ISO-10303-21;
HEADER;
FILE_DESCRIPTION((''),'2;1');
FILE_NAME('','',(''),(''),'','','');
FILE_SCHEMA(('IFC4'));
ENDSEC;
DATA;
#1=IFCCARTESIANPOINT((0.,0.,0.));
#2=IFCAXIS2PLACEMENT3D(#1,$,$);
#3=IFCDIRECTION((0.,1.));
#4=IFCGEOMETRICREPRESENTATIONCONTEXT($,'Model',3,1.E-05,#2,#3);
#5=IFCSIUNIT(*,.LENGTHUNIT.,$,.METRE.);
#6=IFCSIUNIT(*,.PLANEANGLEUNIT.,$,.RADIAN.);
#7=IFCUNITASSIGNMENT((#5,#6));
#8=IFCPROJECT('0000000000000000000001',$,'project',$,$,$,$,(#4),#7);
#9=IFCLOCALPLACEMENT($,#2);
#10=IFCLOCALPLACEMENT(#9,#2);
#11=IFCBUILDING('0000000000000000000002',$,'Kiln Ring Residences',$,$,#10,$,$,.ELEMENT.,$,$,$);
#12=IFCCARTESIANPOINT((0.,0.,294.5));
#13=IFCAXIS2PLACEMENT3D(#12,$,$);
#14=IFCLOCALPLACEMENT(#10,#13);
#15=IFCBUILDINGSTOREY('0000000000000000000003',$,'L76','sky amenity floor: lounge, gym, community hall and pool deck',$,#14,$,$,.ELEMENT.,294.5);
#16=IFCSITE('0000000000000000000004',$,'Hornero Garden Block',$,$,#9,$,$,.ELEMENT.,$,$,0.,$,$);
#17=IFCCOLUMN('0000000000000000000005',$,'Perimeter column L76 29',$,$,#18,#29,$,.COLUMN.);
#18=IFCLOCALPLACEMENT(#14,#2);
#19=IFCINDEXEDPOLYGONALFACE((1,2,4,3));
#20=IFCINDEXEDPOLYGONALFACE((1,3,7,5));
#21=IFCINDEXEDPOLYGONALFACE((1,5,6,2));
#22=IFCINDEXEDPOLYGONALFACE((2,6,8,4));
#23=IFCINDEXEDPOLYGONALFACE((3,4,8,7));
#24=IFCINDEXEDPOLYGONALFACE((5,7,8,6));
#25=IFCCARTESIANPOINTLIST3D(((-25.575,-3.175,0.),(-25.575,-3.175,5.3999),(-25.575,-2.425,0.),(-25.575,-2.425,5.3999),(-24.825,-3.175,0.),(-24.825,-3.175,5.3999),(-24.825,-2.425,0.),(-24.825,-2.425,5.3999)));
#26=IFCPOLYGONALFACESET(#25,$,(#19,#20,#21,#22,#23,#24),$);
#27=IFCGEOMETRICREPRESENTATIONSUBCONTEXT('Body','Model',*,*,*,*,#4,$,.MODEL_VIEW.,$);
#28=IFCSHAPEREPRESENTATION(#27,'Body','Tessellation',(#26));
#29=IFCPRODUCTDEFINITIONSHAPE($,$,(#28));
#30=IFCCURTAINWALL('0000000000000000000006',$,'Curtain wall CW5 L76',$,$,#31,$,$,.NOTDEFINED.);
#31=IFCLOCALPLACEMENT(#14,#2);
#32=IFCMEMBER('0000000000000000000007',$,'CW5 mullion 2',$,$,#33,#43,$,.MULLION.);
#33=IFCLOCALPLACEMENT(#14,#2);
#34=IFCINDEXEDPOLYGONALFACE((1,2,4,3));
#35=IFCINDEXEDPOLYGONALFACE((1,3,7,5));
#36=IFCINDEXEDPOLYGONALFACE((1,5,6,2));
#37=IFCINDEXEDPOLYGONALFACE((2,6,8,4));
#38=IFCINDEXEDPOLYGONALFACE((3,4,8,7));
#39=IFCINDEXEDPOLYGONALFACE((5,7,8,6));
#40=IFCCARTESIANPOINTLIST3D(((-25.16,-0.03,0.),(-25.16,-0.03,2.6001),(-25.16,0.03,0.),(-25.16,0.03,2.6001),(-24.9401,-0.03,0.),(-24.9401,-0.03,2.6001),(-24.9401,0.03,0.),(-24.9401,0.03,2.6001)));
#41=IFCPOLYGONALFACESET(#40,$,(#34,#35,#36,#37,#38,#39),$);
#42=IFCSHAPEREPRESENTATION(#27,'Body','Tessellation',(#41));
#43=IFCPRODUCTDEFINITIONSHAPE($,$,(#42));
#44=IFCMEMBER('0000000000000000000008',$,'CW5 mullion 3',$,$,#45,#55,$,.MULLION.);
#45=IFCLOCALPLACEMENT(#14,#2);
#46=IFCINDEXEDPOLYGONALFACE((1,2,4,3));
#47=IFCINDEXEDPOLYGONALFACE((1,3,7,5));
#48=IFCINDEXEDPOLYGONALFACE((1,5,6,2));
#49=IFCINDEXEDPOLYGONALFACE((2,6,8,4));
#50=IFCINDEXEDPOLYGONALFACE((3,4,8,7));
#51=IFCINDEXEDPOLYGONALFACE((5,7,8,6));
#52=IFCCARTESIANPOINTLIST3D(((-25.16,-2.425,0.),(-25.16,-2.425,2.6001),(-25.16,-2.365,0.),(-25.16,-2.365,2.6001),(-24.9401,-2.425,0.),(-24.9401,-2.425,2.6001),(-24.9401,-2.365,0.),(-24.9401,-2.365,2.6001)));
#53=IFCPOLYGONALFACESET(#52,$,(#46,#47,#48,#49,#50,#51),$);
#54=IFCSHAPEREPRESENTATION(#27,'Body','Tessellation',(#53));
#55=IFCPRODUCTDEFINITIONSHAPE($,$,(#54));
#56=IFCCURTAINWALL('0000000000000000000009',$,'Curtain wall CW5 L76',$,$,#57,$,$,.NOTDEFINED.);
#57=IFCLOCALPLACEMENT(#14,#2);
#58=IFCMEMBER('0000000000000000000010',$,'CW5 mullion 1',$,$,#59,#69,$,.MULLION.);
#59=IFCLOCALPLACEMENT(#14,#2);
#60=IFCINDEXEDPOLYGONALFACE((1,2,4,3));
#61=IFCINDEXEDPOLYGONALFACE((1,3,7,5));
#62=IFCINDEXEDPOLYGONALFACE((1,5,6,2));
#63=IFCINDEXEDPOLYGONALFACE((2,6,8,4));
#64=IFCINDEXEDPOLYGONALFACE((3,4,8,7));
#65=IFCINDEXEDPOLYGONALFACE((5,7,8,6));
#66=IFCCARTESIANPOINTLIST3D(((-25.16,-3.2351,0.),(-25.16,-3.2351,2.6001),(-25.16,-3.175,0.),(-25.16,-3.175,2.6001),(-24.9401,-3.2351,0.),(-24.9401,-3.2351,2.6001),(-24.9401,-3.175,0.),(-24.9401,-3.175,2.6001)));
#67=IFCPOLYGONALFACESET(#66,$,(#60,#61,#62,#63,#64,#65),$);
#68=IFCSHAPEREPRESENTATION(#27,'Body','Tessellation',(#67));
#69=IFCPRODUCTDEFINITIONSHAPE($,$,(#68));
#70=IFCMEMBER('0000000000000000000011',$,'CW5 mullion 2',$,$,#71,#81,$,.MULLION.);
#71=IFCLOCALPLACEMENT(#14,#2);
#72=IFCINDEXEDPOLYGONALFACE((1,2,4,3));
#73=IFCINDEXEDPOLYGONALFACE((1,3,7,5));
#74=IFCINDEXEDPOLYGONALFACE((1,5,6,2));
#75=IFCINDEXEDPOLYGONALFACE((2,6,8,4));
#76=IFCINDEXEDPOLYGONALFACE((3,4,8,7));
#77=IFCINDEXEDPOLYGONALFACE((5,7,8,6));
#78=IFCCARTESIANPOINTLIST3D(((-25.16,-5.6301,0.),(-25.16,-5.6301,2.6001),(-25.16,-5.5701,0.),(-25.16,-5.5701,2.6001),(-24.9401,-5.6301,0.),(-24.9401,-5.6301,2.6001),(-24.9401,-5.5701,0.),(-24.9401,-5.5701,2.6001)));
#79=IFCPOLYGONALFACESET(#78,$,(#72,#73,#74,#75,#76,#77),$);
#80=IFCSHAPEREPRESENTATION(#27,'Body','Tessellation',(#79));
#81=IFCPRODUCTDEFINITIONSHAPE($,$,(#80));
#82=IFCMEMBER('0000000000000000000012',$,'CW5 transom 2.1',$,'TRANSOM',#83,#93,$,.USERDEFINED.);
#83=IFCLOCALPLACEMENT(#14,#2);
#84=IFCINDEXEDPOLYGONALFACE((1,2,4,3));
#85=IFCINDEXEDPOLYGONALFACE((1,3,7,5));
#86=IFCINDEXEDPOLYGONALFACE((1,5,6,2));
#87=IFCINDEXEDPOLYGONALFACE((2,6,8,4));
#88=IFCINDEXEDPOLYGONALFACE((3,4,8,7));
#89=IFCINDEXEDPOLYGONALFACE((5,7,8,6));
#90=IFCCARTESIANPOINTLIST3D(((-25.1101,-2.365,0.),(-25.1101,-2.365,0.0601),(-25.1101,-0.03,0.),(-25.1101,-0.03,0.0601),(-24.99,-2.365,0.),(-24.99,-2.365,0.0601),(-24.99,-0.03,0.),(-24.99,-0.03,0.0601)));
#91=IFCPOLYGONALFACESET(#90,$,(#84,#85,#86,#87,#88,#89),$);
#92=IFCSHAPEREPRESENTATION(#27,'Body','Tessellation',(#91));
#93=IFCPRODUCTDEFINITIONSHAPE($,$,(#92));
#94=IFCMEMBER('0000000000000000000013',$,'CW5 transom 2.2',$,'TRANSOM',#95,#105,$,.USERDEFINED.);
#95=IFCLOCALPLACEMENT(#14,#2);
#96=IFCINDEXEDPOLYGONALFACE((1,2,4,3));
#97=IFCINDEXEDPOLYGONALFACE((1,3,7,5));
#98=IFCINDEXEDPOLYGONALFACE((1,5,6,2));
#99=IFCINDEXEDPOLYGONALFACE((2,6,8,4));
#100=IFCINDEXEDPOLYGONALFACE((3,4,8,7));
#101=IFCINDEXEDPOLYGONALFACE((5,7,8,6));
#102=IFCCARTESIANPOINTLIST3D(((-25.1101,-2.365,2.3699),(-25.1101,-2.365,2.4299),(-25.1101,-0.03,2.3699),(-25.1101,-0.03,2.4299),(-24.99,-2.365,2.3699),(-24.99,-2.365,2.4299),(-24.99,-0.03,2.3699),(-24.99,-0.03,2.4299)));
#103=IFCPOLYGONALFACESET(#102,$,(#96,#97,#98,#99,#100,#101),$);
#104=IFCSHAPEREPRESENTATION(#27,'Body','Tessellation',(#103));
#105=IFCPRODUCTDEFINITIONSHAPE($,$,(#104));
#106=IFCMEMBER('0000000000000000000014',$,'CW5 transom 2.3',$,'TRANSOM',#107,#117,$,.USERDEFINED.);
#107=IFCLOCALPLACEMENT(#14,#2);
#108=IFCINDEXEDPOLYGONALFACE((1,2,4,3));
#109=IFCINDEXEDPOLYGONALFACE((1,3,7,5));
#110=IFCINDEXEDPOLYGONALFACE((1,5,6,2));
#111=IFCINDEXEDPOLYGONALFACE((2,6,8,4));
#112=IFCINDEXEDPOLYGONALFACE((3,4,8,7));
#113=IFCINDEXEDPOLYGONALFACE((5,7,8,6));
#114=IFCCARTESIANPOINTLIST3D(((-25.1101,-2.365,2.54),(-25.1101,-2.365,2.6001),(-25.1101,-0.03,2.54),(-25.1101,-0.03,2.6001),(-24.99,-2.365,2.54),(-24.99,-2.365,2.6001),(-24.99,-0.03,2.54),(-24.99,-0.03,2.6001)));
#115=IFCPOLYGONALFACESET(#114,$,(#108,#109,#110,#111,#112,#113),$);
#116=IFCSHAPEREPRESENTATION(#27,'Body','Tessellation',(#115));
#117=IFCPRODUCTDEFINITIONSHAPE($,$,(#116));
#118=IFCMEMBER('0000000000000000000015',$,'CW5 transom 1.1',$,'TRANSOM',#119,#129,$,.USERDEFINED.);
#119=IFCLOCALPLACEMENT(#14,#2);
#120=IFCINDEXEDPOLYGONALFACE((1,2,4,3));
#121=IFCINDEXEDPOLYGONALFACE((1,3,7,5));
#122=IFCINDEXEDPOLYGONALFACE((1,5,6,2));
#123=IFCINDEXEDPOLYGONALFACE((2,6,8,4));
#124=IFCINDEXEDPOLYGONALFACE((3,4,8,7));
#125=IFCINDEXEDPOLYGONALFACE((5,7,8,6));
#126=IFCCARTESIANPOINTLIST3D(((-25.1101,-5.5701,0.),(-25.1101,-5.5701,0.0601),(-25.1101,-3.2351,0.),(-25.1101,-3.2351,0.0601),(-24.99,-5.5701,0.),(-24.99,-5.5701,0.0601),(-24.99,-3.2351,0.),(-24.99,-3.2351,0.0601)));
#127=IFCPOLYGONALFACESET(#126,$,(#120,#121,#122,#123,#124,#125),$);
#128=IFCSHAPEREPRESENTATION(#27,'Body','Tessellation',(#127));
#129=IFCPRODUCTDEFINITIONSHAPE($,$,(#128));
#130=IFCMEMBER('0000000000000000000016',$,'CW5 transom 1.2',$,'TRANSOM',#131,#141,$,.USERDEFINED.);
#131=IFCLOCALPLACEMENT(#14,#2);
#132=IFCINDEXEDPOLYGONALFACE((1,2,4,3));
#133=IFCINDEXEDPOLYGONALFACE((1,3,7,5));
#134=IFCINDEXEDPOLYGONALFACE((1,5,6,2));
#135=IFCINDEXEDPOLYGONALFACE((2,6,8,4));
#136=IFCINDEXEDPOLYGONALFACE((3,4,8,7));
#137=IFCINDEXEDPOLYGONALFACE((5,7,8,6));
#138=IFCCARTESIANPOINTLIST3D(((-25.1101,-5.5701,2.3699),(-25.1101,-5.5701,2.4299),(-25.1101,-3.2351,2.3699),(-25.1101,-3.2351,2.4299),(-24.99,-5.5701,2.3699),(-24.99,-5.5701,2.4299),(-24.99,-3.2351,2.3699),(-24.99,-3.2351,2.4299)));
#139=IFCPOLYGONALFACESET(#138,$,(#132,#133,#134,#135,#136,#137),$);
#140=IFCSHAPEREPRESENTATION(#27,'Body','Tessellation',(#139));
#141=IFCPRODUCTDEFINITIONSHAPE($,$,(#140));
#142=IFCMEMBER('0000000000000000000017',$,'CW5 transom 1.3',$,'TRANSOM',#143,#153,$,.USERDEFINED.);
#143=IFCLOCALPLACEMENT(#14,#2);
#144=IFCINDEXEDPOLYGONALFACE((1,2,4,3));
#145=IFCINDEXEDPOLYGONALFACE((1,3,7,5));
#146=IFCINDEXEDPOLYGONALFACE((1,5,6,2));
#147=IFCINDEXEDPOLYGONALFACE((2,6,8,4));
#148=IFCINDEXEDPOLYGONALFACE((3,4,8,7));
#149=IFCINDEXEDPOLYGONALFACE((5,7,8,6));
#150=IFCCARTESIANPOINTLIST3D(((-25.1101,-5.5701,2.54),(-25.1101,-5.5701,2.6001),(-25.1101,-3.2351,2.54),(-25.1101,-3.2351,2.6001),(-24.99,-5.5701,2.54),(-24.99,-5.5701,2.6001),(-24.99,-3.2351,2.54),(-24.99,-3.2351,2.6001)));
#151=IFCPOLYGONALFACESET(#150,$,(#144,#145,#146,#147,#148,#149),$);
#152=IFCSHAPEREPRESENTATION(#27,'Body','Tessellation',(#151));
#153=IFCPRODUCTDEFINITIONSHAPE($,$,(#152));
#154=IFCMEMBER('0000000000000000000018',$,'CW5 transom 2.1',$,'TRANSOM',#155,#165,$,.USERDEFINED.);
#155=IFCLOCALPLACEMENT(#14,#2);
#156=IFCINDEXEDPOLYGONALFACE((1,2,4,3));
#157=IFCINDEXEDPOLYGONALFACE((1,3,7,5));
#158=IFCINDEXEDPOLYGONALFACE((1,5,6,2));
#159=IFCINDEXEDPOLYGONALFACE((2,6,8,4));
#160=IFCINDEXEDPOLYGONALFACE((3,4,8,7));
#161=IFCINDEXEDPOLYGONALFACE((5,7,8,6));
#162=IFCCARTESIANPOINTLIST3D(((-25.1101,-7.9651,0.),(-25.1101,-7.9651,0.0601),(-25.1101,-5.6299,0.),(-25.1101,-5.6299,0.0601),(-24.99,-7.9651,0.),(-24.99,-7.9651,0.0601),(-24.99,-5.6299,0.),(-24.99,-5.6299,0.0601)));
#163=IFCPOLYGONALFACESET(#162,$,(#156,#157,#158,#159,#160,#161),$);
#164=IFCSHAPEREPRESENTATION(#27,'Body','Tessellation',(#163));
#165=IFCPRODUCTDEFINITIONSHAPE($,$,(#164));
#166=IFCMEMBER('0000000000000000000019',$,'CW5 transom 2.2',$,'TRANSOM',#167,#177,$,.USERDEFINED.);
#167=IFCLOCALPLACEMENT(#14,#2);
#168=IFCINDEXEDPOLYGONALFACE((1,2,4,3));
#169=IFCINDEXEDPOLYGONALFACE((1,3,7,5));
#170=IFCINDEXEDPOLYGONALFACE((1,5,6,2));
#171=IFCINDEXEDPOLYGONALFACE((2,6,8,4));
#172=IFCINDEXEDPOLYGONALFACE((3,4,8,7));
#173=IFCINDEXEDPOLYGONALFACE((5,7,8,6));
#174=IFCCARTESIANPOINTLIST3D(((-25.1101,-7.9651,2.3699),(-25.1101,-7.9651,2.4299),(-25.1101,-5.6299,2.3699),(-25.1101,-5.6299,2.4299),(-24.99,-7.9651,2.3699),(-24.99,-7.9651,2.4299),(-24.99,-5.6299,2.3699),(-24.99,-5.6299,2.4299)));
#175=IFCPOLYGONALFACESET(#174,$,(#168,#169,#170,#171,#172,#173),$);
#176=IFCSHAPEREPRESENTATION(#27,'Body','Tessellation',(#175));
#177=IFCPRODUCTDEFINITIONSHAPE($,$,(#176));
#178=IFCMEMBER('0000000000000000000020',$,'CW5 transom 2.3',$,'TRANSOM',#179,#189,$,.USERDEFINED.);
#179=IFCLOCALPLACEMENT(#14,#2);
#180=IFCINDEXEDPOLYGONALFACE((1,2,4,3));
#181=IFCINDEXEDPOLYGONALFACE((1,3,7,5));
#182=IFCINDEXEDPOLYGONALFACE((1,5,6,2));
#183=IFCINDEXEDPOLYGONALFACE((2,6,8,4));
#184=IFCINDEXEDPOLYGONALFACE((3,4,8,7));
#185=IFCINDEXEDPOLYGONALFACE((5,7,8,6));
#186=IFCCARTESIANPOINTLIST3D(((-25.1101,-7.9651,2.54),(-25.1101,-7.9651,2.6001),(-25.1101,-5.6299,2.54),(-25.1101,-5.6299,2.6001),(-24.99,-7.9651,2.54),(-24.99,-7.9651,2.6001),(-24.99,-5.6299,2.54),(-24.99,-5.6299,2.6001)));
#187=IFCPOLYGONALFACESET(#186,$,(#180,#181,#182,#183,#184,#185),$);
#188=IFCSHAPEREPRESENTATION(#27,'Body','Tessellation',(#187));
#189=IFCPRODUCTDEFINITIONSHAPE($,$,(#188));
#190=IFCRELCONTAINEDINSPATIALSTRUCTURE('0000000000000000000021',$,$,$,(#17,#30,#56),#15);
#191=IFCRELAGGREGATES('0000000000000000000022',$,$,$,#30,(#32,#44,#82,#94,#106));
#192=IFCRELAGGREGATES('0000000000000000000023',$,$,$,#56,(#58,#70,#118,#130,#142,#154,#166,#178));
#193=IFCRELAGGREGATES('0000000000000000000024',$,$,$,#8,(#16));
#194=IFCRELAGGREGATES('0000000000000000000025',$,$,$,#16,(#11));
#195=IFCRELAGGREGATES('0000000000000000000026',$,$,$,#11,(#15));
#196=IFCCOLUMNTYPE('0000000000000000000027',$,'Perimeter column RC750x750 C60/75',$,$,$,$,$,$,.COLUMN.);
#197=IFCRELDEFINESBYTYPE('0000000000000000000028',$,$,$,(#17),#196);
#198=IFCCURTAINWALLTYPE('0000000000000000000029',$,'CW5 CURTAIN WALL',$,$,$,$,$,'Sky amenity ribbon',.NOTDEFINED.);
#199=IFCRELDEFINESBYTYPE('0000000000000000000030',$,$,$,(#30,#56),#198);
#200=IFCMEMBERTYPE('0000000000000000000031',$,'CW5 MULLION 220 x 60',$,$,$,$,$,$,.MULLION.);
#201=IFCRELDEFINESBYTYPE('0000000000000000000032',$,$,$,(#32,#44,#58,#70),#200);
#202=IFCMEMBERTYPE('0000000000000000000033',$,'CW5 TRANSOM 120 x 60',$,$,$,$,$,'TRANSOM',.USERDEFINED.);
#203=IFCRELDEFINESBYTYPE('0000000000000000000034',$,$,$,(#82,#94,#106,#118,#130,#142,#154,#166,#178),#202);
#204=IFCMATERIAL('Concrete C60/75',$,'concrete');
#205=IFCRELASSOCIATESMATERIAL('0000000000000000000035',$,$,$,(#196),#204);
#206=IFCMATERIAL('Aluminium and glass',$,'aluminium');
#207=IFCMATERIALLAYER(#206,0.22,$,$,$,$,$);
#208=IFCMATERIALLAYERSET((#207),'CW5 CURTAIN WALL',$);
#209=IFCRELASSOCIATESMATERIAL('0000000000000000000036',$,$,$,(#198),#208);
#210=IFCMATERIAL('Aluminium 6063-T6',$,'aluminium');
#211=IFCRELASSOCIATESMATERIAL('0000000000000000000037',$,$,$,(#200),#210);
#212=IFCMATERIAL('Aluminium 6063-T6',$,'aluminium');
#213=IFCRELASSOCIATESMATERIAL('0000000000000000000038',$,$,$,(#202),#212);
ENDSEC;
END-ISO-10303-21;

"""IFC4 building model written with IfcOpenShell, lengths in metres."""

from ifc_helpers import new_model, si_unit, direction, frame, origin, origin_2d, place, context, subcontext, project, spatial, rectangle, extrude, material, layer, layer_set, material_profile, profile_set, type_object, element, aggregate, save


model = new_model("IFC4")

# Units and contexts
model_context = context("Model", 3, precision=1e-05, world=origin(), true_north=direction((0.0, 1.0)))
body_context = subcontext(model_context, "Body", "Model", "MODEL_VIEW")
ifc_project = project(units=[si_unit("LENGTHUNIT", "METRE"), si_unit("PLANEANGLEUNIT", "RADIAN")], contexts=[model_context])

# Site, building, storey
site_placement = place(None, origin())
site = spatial("IfcSite", under=ifc_project, at=site_placement, Name="Hornero Garden Block", CompositionType="ELEMENT", RefElevation=0.0)
building_placement = place(site_placement, origin())
building = spatial("IfcBuilding", under=site, at=building_placement, Name="Kiln Ring Residences", CompositionType="ELEMENT")
storey_placement = place(building_placement, frame((0.0, 0.0, 294.5)))
storey = spatial("IfcBuildingStorey", under=building, at=storey_placement, Name="L76", Description="sky amenity floor: lounge, gym, community hall and pool deck", CompositionType="ELEMENT", Elevation=294.5)

# Column
ifc_material_1 = material(Name="Concrete C60/75", Category="concrete")
ifc_material_profile_1 = material_profile(ifc_material_1, rectangle(XDim=0.75, YDim=0.75, at=origin_2d()), Name="RC750x750")
ifc_profile_set_1 = profile_set([ifc_material_profile_1], Name="Concrete C60/75")
column_type = type_object("IfcColumnType", Name="Perimeter column RC750x750 C60/75", PredefinedType="COLUMN", material=ifc_profile_set_1)
column_placement = place(storey_placement, frame((-25.2, -2.8, 0.0), z_axis=(0.0, 0.0, 1.0), x_axis=(1.0, 0.0, 0.0)))
element("IfcColumn", 1, at=column_placement, inside=storey, type_object=column_type, Name="Perimeter column L76 29", PredefinedType="COLUMN", context=body_context, shape_type="SweptSolid", body=[
    extrude(rectangle(XDim=0.75, YDim=0.75, at=origin_2d()), origin(), (0.0, 0.0, 1.0), 5.3999),
])

# Curtain walls, members
ifc_material_2 = material(Name="Aluminium and glass", Category="aluminium")
ifc_layer_1 = layer(ifc_material_2, 0.22)
ifc_layer_set_1 = layer_set([ifc_layer_1], Name="CW5 CURTAIN WALL")
curtain_wall_type = type_object("IfcCurtainWallType", Name="CW5 CURTAIN WALL", ElementType="Sky amenity ribbon", PredefinedType="NOTDEFINED", material=ifc_layer_set_1)
placement = place(storey_placement, origin())
curtain_wall_1 = element("IfcCurtainWall", 2, at=placement, inside=storey, type_object=curtain_wall_type, Name="Curtain wall CW5 L76", PredefinedType="NOTDEFINED")
ifc_material_3 = material(Name="Aluminium 6063-T6", Category="aluminium")
ifc_material_profile_2 = material_profile(ifc_material_3, rectangle(XDim=0.22, YDim=0.0601, at=origin_2d()), Name="AL 220x60")
ifc_profile_set_2 = profile_set([ifc_material_profile_2], Name="Aluminium 6063-T6")
member_type_1 = type_object("IfcMemberType", Name="CW5 MULLION 220 x 60", PredefinedType="MULLION", material=ifc_profile_set_2)
member_1_placement = place(storey_placement, frame((-25.05, 0.0, 0.0), z_axis=(0.0, 0.0, 1.0), x_axis=(1.0, 0.0, 0.0)))
member_1 = element("IfcMember", 3, at=member_1_placement, type_object=member_type_1, Name="CW5 mullion 2", PredefinedType="MULLION", context=body_context, shape_type="SweptSolid", body=[
    extrude(rectangle(XDim=0.22, YDim=0.0601, at=origin_2d()), origin(), (0.0, 0.0, 1.0), 2.6001),
])
member_2_placement = place(storey_placement, frame((-25.05, -2.395, 0.0), z_axis=(0.0, 0.0, 1.0), x_axis=(1.0, 0.0, 0.0)))
member_2 = element("IfcMember", 4, at=member_2_placement, type_object=member_type_1, Name="CW5 mullion 3", PredefinedType="MULLION", context=body_context, shape_type="SweptSolid", body=[
    extrude(rectangle(XDim=0.22, YDim=0.0601, at=origin_2d()), origin(), (0.0, 0.0, 1.0), 2.6001),
])
curtain_wall_2 = element("IfcCurtainWall", 5, at=placement, inside=storey, type_object=curtain_wall_type, Name="Curtain wall CW5 L76", PredefinedType="NOTDEFINED")
member_3_placement = place(storey_placement, frame((-25.05, -3.2051, 0.0), z_axis=(0.0, 0.0, 1.0), x_axis=(1.0, 0.0, 0.0)))
member_3 = element("IfcMember", 6, at=member_3_placement, type_object=member_type_1, Name="CW5 mullion 1", PredefinedType="MULLION", context=body_context, shape_type="SweptSolid", body=[
    extrude(rectangle(XDim=0.22, YDim=0.0601, at=origin_2d()), origin(), (0.0, 0.0, 1.0), 2.6001),
])
member_4_placement = place(storey_placement, frame((-25.05, -5.6001, 0.0), z_axis=(0.0, 0.0, 1.0), x_axis=(1.0, 0.0, 0.0)))
member_4 = element("IfcMember", 7, at=member_4_placement, type_object=member_type_1, Name="CW5 mullion 2", PredefinedType="MULLION", context=body_context, shape_type="SweptSolid", body=[
    extrude(rectangle(XDim=0.22, YDim=0.0601, at=origin_2d()), origin(), (0.0, 0.0, 1.0), 2.6001),
])

# Members
ifc_material_4 = material(Name="Aluminium 6063-T6", Category="aluminium")
ifc_material_profile_3 = material_profile(ifc_material_4, rectangle(XDim=0.1201, YDim=0.0601, at=origin_2d()), Name="AL 120x60")
ifc_profile_set_3 = profile_set([ifc_material_profile_3], Name="Aluminium 6063-T6")
member_type_2 = type_object("IfcMemberType", Name="CW5 TRANSOM 120 x 60", ElementType="TRANSOM", PredefinedType="USERDEFINED", material=ifc_profile_set_3)
member_5_placement = place(storey_placement, frame((-25.05, -0.03, 0.03), z_axis=(0.0, -1.0, 0.0), x_axis=(1.0, 0.0, 0.0)))
member_5 = element("IfcMember", 8, at=member_5_placement, type_object=member_type_2, Name="CW5 transom 2.1", ObjectType="TRANSOM", PredefinedType="USERDEFINED", context=body_context, shape_type="SweptSolid", body=[
    extrude(rectangle(XDim=0.1201, YDim=0.0601, at=origin_2d()), origin(), (0.0, 0.0, 1.0), 2.335),
])
member_6_placement = place(storey_placement, frame((-25.05, -0.03, 2.3999), z_axis=(0.0, -1.0, 0.0), x_axis=(1.0, 0.0, 0.0)))
member_6 = element("IfcMember", 9, at=member_6_placement, type_object=member_type_2, Name="CW5 transom 2.2", ObjectType="TRANSOM", PredefinedType="USERDEFINED", context=body_context, shape_type="SweptSolid", body=[
    extrude(rectangle(XDim=0.1201, YDim=0.0601, at=origin_2d()), origin(), (0.0, 0.0, 1.0), 2.335),
])
member_7_placement = place(storey_placement, frame((-25.05, -0.03, 2.5701), z_axis=(0.0, -1.0, 0.0), x_axis=(1.0, 0.0, 0.0)))
member_7 = element("IfcMember", 10, at=member_7_placement, type_object=member_type_2, Name="CW5 transom 2.3", ObjectType="TRANSOM", PredefinedType="USERDEFINED", context=body_context, shape_type="SweptSolid", body=[
    extrude(rectangle(XDim=0.1201, YDim=0.0601, at=origin_2d()), origin(), (0.0, 0.0, 1.0), 2.335),
])
member_8_placement = place(storey_placement, frame((-25.05, -3.2351, 0.03), z_axis=(0.0, -1.0, 0.0), x_axis=(1.0, 0.0, 0.0)))
member_8 = element("IfcMember", 11, at=member_8_placement, type_object=member_type_2, Name="CW5 transom 1.1", ObjectType="TRANSOM", PredefinedType="USERDEFINED", context=body_context, shape_type="SweptSolid", body=[
    extrude(rectangle(XDim=0.1201, YDim=0.0601, at=origin_2d()), origin(), (0.0, 0.0, 1.0), 2.335),
])
member_9_placement = place(storey_placement, frame((-25.05, -3.2351, 2.3999), z_axis=(0.0, -1.0, 0.0), x_axis=(1.0, 0.0, 0.0)))
member_9 = element("IfcMember", 12, at=member_9_placement, type_object=member_type_2, Name="CW5 transom 1.2", ObjectType="TRANSOM", PredefinedType="USERDEFINED", context=body_context, shape_type="SweptSolid", body=[
    extrude(rectangle(XDim=0.1201, YDim=0.0601, at=origin_2d()), origin(), (0.0, 0.0, 1.0), 2.335),
])
member_10_placement = place(storey_placement, frame((-25.05, -3.2351, 2.5701), z_axis=(0.0, -1.0, 0.0), x_axis=(1.0, 0.0, 0.0)))
member_10 = element("IfcMember", 13, at=member_10_placement, type_object=member_type_2, Name="CW5 transom 1.3", ObjectType="TRANSOM", PredefinedType="USERDEFINED", context=body_context, shape_type="SweptSolid", body=[
    extrude(rectangle(XDim=0.1201, YDim=0.0601, at=origin_2d()), origin(), (0.0, 0.0, 1.0), 2.335),
])
member_11_placement = place(storey_placement, frame((-25.05, -5.6299, 0.03), z_axis=(0.0, -1.0, 0.0), x_axis=(1.0, 0.0, 0.0)))
member_11 = element("IfcMember", 14, at=member_11_placement, type_object=member_type_2, Name="CW5 transom 2.1", ObjectType="TRANSOM", PredefinedType="USERDEFINED", context=body_context, shape_type="SweptSolid", body=[
    extrude(rectangle(XDim=0.1201, YDim=0.0601, at=origin_2d()), origin(), (0.0, 0.0, 1.0), 2.3352),
])
member_12_placement = place(storey_placement, frame((-25.05, -5.6299, 2.3999), z_axis=(0.0, -1.0, 0.0), x_axis=(1.0, 0.0, 0.0)))
member_12 = element("IfcMember", 15, at=member_12_placement, type_object=member_type_2, Name="CW5 transom 2.2", ObjectType="TRANSOM", PredefinedType="USERDEFINED", context=body_context, shape_type="SweptSolid", body=[
    extrude(rectangle(XDim=0.1201, YDim=0.0601, at=origin_2d()), origin(), (0.0, 0.0, 1.0), 2.3352),
])
member_13_placement = place(storey_placement, frame((-25.05, -5.6299, 2.5701), z_axis=(0.0, -1.0, 0.0), x_axis=(1.0, 0.0, 0.0)))
member_13 = element("IfcMember", 16, at=member_13_placement, type_object=member_type_2, Name="CW5 transom 2.3", ObjectType="TRANSOM", PredefinedType="USERDEFINED", context=body_context, shape_type="SweptSolid", body=[
    extrude(rectangle(XDim=0.1201, YDim=0.0601, at=origin_2d()), origin(), (0.0, 0.0, 1.0), 2.3352),
])

aggregate(curtain_wall_1, [member_1, member_2, member_5, member_6, member_7])
aggregate(curtain_wall_2, [member_3, member_4, member_8, member_9, member_10, member_11, member_12, member_13])

save(model, "model.ifc")
